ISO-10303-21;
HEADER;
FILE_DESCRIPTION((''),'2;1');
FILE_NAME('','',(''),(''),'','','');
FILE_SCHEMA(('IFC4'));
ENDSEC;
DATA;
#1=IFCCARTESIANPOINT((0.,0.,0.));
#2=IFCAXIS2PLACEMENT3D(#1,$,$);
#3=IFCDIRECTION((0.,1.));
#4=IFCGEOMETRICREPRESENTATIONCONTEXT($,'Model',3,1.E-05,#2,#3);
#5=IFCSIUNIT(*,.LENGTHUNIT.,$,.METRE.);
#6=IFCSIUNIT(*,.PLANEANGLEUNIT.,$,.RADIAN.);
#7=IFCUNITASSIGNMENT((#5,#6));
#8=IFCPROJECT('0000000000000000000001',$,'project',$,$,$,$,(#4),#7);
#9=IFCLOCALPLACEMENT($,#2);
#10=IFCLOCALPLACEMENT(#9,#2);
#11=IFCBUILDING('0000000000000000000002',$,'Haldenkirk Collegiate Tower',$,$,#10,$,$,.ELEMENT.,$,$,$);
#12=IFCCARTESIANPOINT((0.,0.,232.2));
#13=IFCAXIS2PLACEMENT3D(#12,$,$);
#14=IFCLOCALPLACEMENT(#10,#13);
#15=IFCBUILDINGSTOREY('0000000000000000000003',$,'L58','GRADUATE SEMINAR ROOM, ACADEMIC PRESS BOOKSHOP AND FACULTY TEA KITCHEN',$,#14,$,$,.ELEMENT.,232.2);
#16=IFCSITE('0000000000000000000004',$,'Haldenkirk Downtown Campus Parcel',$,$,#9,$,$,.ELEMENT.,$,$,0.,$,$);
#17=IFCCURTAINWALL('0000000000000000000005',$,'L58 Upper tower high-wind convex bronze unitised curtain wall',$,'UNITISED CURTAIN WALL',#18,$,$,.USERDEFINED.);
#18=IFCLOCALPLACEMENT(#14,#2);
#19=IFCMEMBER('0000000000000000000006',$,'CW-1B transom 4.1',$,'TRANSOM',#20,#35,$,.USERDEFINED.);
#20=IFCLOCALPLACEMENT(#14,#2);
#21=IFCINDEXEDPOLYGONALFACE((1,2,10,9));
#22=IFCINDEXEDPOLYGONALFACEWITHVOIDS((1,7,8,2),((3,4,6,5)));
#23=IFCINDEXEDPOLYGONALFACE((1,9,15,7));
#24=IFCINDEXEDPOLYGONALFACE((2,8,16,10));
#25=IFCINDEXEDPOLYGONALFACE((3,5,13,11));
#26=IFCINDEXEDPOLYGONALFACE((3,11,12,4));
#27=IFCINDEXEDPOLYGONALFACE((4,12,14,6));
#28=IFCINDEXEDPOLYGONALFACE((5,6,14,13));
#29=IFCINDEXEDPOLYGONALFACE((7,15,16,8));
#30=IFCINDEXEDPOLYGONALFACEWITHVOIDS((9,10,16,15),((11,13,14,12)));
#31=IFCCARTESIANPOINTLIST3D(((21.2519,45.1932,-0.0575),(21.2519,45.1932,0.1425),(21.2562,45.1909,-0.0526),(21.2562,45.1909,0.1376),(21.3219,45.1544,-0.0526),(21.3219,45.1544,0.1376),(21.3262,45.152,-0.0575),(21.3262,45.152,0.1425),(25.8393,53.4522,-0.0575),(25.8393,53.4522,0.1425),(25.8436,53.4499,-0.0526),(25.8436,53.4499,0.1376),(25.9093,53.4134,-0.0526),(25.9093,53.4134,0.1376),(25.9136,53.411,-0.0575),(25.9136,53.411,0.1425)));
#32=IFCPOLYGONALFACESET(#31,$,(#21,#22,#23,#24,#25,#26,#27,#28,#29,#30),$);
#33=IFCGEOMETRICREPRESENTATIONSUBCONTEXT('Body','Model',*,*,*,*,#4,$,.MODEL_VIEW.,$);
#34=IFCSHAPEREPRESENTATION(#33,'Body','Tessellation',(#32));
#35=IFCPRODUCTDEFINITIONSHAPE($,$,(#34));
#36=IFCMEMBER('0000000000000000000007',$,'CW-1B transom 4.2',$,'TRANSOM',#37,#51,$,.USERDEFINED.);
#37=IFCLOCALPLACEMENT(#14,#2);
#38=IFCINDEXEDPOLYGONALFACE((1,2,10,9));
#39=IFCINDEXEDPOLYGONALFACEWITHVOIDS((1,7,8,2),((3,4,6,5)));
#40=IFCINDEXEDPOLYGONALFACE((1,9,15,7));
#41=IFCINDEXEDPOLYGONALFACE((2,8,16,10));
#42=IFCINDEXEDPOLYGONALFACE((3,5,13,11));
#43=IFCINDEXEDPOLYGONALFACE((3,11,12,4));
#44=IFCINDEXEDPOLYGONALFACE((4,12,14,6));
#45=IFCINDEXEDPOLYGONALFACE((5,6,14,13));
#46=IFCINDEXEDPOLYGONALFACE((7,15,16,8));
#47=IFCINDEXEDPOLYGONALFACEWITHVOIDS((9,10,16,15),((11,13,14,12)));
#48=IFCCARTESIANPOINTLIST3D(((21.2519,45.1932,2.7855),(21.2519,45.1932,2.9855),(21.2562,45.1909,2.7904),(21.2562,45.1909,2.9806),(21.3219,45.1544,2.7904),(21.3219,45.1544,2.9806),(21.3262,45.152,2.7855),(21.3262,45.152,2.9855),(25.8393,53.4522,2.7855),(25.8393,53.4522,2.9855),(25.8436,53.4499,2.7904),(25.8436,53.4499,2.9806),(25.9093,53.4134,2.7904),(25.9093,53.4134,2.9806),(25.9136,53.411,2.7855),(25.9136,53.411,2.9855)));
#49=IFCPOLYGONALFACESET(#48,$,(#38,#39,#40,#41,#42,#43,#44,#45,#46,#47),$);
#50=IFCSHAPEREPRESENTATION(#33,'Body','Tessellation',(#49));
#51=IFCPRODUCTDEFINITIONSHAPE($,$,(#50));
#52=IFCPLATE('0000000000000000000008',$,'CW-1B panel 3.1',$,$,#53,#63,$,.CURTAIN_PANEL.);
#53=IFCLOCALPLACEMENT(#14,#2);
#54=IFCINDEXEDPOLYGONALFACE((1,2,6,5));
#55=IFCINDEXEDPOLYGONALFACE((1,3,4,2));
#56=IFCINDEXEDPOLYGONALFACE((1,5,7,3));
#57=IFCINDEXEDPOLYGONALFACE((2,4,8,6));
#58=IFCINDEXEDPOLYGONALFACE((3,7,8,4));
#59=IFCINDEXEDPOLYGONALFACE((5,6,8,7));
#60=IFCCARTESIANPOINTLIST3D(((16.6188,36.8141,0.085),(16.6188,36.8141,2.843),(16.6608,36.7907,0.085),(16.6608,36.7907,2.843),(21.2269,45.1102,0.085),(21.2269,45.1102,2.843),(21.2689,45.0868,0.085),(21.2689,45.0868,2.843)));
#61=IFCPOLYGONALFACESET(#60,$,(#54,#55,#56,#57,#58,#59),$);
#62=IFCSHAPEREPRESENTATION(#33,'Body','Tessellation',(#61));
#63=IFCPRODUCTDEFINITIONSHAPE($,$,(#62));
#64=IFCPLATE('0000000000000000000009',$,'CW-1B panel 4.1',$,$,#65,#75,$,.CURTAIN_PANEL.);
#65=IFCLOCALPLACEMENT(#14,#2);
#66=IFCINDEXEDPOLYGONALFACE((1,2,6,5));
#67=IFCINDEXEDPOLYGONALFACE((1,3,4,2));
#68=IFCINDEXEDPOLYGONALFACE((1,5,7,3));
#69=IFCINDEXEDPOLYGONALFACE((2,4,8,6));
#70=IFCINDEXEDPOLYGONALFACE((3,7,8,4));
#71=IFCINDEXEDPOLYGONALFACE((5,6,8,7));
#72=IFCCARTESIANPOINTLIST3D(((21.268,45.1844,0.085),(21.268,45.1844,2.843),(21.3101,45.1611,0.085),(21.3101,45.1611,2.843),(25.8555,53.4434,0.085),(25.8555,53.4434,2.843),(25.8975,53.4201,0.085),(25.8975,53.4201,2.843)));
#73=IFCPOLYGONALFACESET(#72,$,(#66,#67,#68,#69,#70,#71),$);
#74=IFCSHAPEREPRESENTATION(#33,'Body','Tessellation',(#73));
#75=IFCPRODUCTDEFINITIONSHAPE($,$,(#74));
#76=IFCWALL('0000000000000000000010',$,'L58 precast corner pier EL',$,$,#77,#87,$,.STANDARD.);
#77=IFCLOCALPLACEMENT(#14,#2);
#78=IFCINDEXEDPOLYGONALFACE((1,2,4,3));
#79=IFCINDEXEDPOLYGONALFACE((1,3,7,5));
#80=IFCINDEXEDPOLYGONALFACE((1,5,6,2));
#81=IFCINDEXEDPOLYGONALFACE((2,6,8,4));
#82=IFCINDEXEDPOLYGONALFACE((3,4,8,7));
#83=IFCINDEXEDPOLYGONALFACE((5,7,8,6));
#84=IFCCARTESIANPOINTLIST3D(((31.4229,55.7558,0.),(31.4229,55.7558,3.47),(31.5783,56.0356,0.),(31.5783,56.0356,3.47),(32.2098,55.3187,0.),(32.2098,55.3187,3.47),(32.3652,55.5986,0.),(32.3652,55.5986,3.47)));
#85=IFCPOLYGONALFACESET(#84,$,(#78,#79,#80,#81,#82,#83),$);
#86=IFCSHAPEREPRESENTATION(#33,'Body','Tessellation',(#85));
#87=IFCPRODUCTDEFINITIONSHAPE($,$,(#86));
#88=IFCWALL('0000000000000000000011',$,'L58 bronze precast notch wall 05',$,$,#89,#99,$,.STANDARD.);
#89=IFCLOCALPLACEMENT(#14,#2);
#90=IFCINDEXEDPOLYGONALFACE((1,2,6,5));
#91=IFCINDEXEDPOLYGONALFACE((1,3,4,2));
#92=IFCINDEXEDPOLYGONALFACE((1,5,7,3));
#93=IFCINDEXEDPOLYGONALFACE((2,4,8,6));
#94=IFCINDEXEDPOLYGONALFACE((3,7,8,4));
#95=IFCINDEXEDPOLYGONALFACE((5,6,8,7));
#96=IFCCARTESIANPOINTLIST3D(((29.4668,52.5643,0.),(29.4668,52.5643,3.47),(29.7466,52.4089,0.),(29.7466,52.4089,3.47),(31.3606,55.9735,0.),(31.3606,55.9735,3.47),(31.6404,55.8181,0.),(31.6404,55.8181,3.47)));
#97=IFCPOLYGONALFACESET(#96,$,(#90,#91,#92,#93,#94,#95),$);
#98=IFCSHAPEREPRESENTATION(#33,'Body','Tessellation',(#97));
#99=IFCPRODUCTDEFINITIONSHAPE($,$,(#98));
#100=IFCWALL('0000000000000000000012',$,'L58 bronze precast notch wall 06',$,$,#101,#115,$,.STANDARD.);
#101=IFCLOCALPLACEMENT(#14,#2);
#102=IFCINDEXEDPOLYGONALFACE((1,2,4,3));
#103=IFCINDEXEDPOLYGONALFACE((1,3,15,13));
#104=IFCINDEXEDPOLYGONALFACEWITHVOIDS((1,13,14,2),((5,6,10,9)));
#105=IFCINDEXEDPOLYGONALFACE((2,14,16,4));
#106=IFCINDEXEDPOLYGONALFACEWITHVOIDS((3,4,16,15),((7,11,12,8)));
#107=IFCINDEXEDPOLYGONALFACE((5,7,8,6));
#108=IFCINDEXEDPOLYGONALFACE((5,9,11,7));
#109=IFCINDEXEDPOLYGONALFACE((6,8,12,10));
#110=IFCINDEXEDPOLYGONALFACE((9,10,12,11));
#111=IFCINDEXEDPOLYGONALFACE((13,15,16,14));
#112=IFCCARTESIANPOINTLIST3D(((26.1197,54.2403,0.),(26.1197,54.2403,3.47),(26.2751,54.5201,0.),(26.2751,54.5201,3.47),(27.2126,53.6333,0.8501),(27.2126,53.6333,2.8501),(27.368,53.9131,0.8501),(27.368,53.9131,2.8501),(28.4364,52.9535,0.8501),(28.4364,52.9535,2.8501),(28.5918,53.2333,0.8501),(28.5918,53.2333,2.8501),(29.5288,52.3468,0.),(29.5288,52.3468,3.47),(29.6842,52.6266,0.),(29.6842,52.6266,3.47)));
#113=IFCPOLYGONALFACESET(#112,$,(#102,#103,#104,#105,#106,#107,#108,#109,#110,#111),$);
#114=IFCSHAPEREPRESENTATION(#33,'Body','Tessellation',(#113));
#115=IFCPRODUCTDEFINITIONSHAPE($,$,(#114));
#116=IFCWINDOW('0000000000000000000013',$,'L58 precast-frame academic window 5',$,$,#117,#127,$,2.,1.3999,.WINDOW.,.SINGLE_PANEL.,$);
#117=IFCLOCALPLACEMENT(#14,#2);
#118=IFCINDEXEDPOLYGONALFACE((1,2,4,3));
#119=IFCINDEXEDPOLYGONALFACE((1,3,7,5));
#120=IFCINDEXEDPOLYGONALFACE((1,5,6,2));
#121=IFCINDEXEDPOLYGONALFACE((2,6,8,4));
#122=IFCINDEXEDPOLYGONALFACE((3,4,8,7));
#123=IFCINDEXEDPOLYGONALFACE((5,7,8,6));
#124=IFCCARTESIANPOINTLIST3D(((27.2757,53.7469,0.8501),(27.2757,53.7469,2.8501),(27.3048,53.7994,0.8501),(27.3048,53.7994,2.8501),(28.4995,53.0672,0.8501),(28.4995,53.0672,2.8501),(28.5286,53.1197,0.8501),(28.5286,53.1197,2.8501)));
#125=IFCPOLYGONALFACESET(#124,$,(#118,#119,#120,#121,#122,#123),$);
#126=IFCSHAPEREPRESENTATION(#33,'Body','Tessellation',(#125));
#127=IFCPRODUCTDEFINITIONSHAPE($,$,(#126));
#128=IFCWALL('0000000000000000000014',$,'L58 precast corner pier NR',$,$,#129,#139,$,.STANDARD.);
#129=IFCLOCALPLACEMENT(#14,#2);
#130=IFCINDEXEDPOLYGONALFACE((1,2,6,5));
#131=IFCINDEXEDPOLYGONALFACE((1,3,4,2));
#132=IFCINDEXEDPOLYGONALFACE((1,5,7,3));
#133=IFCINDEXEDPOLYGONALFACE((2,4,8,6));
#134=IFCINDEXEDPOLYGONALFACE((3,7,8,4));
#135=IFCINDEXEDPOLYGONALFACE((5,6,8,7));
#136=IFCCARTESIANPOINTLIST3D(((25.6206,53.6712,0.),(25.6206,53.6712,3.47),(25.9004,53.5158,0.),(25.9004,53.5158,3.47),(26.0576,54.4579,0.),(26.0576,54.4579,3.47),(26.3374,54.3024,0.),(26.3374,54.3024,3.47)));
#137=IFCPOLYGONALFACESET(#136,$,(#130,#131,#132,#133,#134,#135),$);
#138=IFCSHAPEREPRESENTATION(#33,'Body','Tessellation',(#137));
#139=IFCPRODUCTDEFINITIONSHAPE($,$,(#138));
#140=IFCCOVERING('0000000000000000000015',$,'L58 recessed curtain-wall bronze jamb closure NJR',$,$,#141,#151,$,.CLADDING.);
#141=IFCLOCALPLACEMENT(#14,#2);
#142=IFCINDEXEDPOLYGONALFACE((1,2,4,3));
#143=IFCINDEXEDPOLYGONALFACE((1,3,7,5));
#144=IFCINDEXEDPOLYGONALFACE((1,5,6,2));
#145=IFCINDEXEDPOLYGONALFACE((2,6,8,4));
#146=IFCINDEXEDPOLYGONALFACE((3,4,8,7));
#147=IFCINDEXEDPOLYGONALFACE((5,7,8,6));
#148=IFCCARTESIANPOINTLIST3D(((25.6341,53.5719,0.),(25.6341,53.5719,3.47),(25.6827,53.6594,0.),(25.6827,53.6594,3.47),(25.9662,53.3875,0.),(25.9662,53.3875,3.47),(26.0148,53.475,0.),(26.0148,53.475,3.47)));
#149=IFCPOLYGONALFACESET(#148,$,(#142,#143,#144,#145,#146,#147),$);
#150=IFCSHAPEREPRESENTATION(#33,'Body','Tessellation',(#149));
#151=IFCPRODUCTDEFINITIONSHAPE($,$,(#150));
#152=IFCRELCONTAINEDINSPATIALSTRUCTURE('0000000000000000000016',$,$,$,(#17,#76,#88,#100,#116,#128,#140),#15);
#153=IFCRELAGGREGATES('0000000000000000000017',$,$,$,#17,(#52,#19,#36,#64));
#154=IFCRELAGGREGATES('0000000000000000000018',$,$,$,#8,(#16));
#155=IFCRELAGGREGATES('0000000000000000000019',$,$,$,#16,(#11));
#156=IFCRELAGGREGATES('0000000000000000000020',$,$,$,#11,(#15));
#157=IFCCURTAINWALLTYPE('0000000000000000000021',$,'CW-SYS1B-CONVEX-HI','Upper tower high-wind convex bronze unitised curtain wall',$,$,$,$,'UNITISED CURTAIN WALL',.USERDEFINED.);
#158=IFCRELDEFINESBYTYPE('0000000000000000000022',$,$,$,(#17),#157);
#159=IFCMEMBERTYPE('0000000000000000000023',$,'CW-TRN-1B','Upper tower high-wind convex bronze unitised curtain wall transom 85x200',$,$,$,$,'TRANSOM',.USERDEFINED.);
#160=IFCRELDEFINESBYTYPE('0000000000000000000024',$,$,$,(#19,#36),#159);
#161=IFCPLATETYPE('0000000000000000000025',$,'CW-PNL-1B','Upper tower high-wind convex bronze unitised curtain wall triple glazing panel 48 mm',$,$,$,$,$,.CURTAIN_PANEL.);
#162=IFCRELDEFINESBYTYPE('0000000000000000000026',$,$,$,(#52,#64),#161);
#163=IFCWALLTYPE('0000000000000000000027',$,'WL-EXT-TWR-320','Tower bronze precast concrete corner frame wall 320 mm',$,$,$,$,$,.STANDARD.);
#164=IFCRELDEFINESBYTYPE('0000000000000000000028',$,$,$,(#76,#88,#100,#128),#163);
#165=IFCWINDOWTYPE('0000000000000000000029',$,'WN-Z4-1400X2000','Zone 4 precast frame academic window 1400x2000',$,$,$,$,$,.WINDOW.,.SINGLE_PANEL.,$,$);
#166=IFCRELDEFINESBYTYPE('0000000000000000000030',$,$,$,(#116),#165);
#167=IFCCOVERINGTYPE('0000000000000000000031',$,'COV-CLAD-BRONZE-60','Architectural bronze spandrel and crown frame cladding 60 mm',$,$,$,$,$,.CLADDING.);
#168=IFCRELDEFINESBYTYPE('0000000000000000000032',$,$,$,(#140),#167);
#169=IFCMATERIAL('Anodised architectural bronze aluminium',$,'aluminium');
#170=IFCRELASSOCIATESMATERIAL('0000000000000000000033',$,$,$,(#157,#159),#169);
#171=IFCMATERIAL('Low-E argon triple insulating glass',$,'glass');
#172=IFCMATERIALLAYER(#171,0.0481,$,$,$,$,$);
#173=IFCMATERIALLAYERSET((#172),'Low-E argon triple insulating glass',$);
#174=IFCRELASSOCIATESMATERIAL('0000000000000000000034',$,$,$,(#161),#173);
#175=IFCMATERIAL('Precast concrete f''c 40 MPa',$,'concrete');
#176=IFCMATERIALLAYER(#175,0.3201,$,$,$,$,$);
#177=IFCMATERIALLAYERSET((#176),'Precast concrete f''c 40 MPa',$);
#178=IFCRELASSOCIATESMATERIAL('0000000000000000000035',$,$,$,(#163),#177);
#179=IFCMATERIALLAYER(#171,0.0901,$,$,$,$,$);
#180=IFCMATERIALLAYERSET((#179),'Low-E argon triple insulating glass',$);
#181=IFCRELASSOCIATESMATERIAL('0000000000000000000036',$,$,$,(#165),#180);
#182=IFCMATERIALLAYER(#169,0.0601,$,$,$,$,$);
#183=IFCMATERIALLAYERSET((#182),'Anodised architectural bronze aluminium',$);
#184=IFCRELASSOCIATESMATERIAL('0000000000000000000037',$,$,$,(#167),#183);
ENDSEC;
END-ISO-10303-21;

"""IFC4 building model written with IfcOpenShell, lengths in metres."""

from ifc_helpers import new_model, si_unit, direction, frame, frame_2d, origin, origin_2d, place, context, subcontext, project, spatial, rectangle, hollow_rectangle, extrude, source, transform, mapped, material, layer, layer_set, material_profile, profile_set, type_object, element, fill, aggregate, save


model = new_model("IFC4")

# Units and contexts
model_context = context("Model", 3, precision=1e-05, world=origin(), true_north=direction((0.0, 1.0)))
body_context = subcontext(model_context, "Body", "Model", "MODEL_VIEW")
ifc_project = project(units=[si_unit("LENGTHUNIT", "METRE"), si_unit("PLANEANGLEUNIT", "RADIAN")], contexts=[model_context])

# Site, building, storey
site_placement = place(None, origin())
site = spatial("IfcSite", under=ifc_project, at=site_placement, Name="Haldenkirk Downtown Campus Parcel", CompositionType="ELEMENT", RefElevation=0.0)
building_placement = place(site_placement, origin())
building = spatial("IfcBuilding", under=site, at=building_placement, Name="Haldenkirk Collegiate Tower", CompositionType="ELEMENT")
storey_placement = place(building_placement, frame((0.0, 0.0, 232.2)))
storey = spatial("IfcBuildingStorey", under=building, at=storey_placement, Name="L58", Description="GRADUATE SEMINAR ROOM, ACADEMIC PRESS BOOKSHOP AND FACULTY TEA KITCHEN", CompositionType="ELEMENT", Elevation=232.2)

# Shared definitions
ifc_material_1 = material(Name="Anodised architectural bronze aluminium", Category="aluminium")
curtain_wall_type = type_object("IfcCurtainWallType", Name="CW-SYS1B-CONVEX-HI", Description="Upper tower high-wind convex bronze unitised curtain wall", ElementType="UNITISED CURTAIN WALL", PredefinedType="USERDEFINED", material=ifc_material_1)

# Curtain wall, members, plates
curtain_wall_1_placement = place(storey_placement, origin())
curtain_wall_1 = element("IfcCurtainWall", 1, at=curtain_wall_1_placement, inside=storey, type_object=curtain_wall_type, Name="L58 Upper tower high-wind convex bronze unitised curtain wall", ObjectType="UNITISED CURTAIN WALL", PredefinedType="USERDEFINED")
ifc_material_profile_1 = material_profile(ifc_material_1, hollow_rectangle(XDim=0.085, YDim=0.2, WallThickness=0.0049, at=origin_2d()), Name="CW-TRN-1B")
ifc_profile_set_1 = profile_set([ifc_material_profile_1], Name="Anodised architectural bronze aluminium")
member_type_1 = type_object("IfcMemberType", Name="CW-TRN-1B", Description="Upper tower high-wind convex bronze unitised curtain wall transom 85x200", ElementType="TRANSOM", PredefinedType="USERDEFINED", material=ifc_profile_set_1)
member_1_placement = place(storey_placement, frame((21.2891, 45.1726, 0.0425), z_axis=(0.485566, 0.8742, 0.0), x_axis=(-0.8742, 0.485566, 0.0)))
member_1 = element("IfcMember", 2, at=member_1_placement, type_object=member_type_1, Name="CW-1B transom 4.1", ObjectType="TRANSOM", PredefinedType="USERDEFINED", context=body_context, shape_type="SweptSolid", body=[
    extrude(hollow_rectangle(XDim=0.085, YDim=0.2, WallThickness=0.0049, at=origin_2d()), origin(), (0.0, 0.0, 1.0), 9.4475),
])
member_2_placement = place(storey_placement, frame((21.2891, 45.1726, 2.8855), z_axis=(0.485566, 0.8742, 0.0), x_axis=(-0.8742, 0.485566, 0.0)))
member_2 = element("IfcMember", 3, at=member_2_placement, type_object=member_type_1, Name="CW-1B transom 4.2", ObjectType="TRANSOM", PredefinedType="USERDEFINED", context=body_context, shape_type="SweptSolid", body=[
    extrude(hollow_rectangle(XDim=0.085, YDim=0.2, WallThickness=0.0049, at=origin_2d()), origin(), (0.0, 0.0, 1.0), 9.4475),
])
ifc_material_2 = material(Name="Low-E argon triple insulating glass", Category="glass")
ifc_layer_1 = layer(ifc_material_2, 0.0481)
ifc_layer_set_1 = layer_set([ifc_layer_1], Name="Low-E argon triple insulating glass")
plate_type = type_object("IfcPlateType", Name="CW-PNL-1B", Description="Upper tower high-wind convex bronze unitised curtain wall triple glazing panel 48 mm", PredefinedType="CURTAIN_PANEL", material=ifc_layer_set_1)
shared_shape_1 = source(origin(), body_context, "Body", "SweptSolid", [
    extrude(rectangle(XDim=9.49, YDim=0.0481, at=origin_2d()), origin(), (0.0, 0.0, 1.0), 2.7581),
])
plate_1_placement = place(storey_placement, frame((18.9438, 40.9504, 0.085), z_axis=(0.0, 0.0, 1.0), x_axis=(0.485572, 0.874197, 0.0)))
plate_1 = element("IfcPlate", 4, at=plate_1_placement, type_object=plate_type, Name="CW-1B panel 3.1", PredefinedType="CURTAIN_PANEL", context=body_context, shape_type="MappedRepresentation", body=[
    mapped(shared_shape_1, transform((0.0, 0.0, 0.0), x_axis=(1.0, 0.0, 0.0), y_axis=(0.0, 1.0, 0.0), z_axis=(0.0, 0.0, 1.0), scale=1.0)),
])
shared_shape_2 = source(origin(), body_context, "Body", "SweptSolid", [
    extrude(rectangle(XDim=9.4475, YDim=0.0481, at=origin_2d()), origin(), (0.0, 0.0, 1.0), 2.7581),
])
plate_2_placement = place(storey_placement, frame((23.5828, 49.3022, 0.085), z_axis=(0.0, 0.0, 1.0), x_axis=(0.485572, 0.874197, 0.0)))
plate_2 = element("IfcPlate", 5, at=plate_2_placement, type_object=plate_type, Name="CW-1B panel 4.1", PredefinedType="CURTAIN_PANEL", context=body_context, shape_type="MappedRepresentation", body=[
    mapped(shared_shape_2, transform((0.0, 0.0, 0.0), x_axis=(1.0, 0.0, 0.0), y_axis=(0.0, 1.0, 0.0), z_axis=(0.0, 0.0, 1.0), scale=1.0)),
])
aggregate(curtain_wall_1, [plate_1, member_1, member_2, plate_2])

# Walls
ifc_material_3 = material(Name="Precast concrete f'c 40 MPa", Category="concrete")
ifc_layer_2 = layer(ifc_material_3, 0.3201)
ifc_layer_set_2 = layer_set([ifc_layer_2], Name="Precast concrete f'c 40 MPa")
wall_type = type_object("IfcWallType", Name="WL-EXT-TWR-320", Description="Tower bronze precast concrete corner frame wall 320 mm", PredefinedType="STANDARD", material=ifc_layer_set_2)
wall_1_placement = place(storey_placement, frame((31.5005, 55.8958, 0.0), z_axis=(0.0, 0.0, 1.0), x_axis=(0.874221, -0.485528, 0.0)))
element("IfcWall", 6, at=wall_1_placement, inside=storey, type_object=wall_type, Name="L58 precast corner pier EL", PredefinedType="STANDARD", context=body_context, shape_type="SweptSolid", body=[
    extrude(rectangle(XDim=0.9001, YDim=0.3201, at=frame_2d((0.4502, 0.0))), origin(), (0.0, 0.0, 1.0), 3.47),
])
wall_2_placement = place(storey_placement, frame((29.6067, 52.4866, 0.0), z_axis=(0.0, 0.0, 1.0), x_axis=(0.485606, 0.874178, 0.0)))
element("IfcWall", 7, at=wall_2_placement, inside=storey, type_object=wall_type, Name="L58 bronze precast notch wall 05", PredefinedType="STANDARD", context=body_context, shape_type="SweptSolid", body=[
    extrude(rectangle(XDim=3.8999, YDim=0.3201, at=frame_2d((1.95, 0.0))), origin(), (0.0, 0.0, 1.0), 3.47),
])

# Wall, opening, window
wall_3_placement = place(storey_placement, frame((26.1975, 54.3801, 0.0), z_axis=(0.0, 0.0, 1.0), x_axis=(0.874205, -0.485558, 0.0)))
wall_3 = element("IfcWall", 8, at=wall_3_placement, inside=storey, type_object=wall_type, Name="L58 bronze precast notch wall 06", PredefinedType="STANDARD", context=body_context, shape_type="SweptSolid", body=[
    extrude(rectangle(XDim=3.8997, YDim=0.3201, at=frame_2d((1.9497, 0.0))), origin(), (0.0, 0.0, 1.0), 3.47),
])
opening_placement = place(wall_3_placement, frame((1.25, 0.0, 0.8501)))
opening = element("IfcOpeningElement", 9, at=opening_placement, cuts=wall_3, PredefinedType="OPENING", context=body_context, shape_type="SweptSolid", body=[
    extrude(rectangle(XDim=1.3999, YDim=2.0, at=frame_2d((0.7, 1.0))), frame((0.0, 0.1699, 0.0), z_axis=(0.0, -1.0, 0.0), x_axis=(1.0, 0.0, 0.0)), (0.0, 0.0, 1.0), 0.3401),
])
ifc_layer_3 = layer(ifc_material_2, 0.0901)
ifc_layer_set_3 = layer_set([ifc_layer_3], Name="Low-E argon triple insulating glass")
window_type = type_object("IfcWindowType", Name="WN-Z4-1400X2000", Description="Zone 4 precast frame academic window 1400x2000", PartitioningType="SINGLE_PANEL", PredefinedType="WINDOW", material=ifc_layer_set_3)
window_placement = place(opening_placement, origin())
window = element("IfcWindow", 10, at=window_placement, inside=storey, type_object=window_type, Name="L58 precast-frame academic window 5", OverallHeight=2.0, OverallWidth=1.3999, PartitioningType="SINGLE_PANEL", PredefinedType="WINDOW", context=body_context, shape_type="SweptSolid", body=[
    extrude(rectangle(XDim=1.3999, YDim=2.0, at=frame_2d((0.7, 1.0))), frame((0.0, 0.03, 0.0), z_axis=(0.0, -1.0, 0.0), x_axis=(1.0, 0.0, 0.0)), (0.0, 0.0, 1.0), 0.0601),
])
fill(opening, window)

# Wall
wall_4_placement = place(storey_placement, frame((25.7605, 53.5935, 0.0), z_axis=(0.0, 0.0, 1.0), x_axis=(0.485643, 0.874157, 0.0)))
element("IfcWall", 11, at=wall_4_placement, inside=storey, type_object=wall_type, Name="L58 precast corner pier NR", PredefinedType="STANDARD", context=body_context, shape_type="SweptSolid", body=[
    extrude(rectangle(XDim=0.8999, YDim=0.3201, at=frame_2d((0.45, 0.0))), origin(), (0.0, 0.0, 1.0), 3.47),
])

# Covering
ifc_layer_4 = layer(ifc_material_1, 0.0601)
ifc_layer_set_4 = layer_set([ifc_layer_4], Name="Anodised architectural bronze aluminium")
covering_type = type_object("IfcCoveringType", Name="COV-CLAD-BRONZE-60", Description="Architectural bronze spandrel and crown frame cladding 60 mm", PredefinedType="CLADDING", material=ifc_layer_set_4)
shared_shape_3 = source(origin(), body_context, "Body", "SweptSolid", [
    extrude(rectangle(XDim=0.1001, YDim=0.3799, at=origin_2d()), origin(), (0.0, 0.0, 1.0), 3.47),
])
covering_placement = place(storey_placement, frame((25.8245, 53.5234, 0.0), z_axis=(0.0, 0.0, 1.0), x_axis=(0.485573, 0.874196, 0.0)))
element("IfcCovering", 12, at=covering_placement, inside=storey, type_object=covering_type, Name="L58 recessed curtain-wall bronze jamb closure NJR", PredefinedType="CLADDING", context=body_context, shape_type="MappedRepresentation", body=[
    mapped(shared_shape_3, transform((0.0, 0.0, 0.0), x_axis=(1.0, 0.0, 0.0), y_axis=(0.0, 1.0, 0.0), z_axis=(0.0, 0.0, 1.0), scale=1.0)),
])

save(model, "model.ifc")
